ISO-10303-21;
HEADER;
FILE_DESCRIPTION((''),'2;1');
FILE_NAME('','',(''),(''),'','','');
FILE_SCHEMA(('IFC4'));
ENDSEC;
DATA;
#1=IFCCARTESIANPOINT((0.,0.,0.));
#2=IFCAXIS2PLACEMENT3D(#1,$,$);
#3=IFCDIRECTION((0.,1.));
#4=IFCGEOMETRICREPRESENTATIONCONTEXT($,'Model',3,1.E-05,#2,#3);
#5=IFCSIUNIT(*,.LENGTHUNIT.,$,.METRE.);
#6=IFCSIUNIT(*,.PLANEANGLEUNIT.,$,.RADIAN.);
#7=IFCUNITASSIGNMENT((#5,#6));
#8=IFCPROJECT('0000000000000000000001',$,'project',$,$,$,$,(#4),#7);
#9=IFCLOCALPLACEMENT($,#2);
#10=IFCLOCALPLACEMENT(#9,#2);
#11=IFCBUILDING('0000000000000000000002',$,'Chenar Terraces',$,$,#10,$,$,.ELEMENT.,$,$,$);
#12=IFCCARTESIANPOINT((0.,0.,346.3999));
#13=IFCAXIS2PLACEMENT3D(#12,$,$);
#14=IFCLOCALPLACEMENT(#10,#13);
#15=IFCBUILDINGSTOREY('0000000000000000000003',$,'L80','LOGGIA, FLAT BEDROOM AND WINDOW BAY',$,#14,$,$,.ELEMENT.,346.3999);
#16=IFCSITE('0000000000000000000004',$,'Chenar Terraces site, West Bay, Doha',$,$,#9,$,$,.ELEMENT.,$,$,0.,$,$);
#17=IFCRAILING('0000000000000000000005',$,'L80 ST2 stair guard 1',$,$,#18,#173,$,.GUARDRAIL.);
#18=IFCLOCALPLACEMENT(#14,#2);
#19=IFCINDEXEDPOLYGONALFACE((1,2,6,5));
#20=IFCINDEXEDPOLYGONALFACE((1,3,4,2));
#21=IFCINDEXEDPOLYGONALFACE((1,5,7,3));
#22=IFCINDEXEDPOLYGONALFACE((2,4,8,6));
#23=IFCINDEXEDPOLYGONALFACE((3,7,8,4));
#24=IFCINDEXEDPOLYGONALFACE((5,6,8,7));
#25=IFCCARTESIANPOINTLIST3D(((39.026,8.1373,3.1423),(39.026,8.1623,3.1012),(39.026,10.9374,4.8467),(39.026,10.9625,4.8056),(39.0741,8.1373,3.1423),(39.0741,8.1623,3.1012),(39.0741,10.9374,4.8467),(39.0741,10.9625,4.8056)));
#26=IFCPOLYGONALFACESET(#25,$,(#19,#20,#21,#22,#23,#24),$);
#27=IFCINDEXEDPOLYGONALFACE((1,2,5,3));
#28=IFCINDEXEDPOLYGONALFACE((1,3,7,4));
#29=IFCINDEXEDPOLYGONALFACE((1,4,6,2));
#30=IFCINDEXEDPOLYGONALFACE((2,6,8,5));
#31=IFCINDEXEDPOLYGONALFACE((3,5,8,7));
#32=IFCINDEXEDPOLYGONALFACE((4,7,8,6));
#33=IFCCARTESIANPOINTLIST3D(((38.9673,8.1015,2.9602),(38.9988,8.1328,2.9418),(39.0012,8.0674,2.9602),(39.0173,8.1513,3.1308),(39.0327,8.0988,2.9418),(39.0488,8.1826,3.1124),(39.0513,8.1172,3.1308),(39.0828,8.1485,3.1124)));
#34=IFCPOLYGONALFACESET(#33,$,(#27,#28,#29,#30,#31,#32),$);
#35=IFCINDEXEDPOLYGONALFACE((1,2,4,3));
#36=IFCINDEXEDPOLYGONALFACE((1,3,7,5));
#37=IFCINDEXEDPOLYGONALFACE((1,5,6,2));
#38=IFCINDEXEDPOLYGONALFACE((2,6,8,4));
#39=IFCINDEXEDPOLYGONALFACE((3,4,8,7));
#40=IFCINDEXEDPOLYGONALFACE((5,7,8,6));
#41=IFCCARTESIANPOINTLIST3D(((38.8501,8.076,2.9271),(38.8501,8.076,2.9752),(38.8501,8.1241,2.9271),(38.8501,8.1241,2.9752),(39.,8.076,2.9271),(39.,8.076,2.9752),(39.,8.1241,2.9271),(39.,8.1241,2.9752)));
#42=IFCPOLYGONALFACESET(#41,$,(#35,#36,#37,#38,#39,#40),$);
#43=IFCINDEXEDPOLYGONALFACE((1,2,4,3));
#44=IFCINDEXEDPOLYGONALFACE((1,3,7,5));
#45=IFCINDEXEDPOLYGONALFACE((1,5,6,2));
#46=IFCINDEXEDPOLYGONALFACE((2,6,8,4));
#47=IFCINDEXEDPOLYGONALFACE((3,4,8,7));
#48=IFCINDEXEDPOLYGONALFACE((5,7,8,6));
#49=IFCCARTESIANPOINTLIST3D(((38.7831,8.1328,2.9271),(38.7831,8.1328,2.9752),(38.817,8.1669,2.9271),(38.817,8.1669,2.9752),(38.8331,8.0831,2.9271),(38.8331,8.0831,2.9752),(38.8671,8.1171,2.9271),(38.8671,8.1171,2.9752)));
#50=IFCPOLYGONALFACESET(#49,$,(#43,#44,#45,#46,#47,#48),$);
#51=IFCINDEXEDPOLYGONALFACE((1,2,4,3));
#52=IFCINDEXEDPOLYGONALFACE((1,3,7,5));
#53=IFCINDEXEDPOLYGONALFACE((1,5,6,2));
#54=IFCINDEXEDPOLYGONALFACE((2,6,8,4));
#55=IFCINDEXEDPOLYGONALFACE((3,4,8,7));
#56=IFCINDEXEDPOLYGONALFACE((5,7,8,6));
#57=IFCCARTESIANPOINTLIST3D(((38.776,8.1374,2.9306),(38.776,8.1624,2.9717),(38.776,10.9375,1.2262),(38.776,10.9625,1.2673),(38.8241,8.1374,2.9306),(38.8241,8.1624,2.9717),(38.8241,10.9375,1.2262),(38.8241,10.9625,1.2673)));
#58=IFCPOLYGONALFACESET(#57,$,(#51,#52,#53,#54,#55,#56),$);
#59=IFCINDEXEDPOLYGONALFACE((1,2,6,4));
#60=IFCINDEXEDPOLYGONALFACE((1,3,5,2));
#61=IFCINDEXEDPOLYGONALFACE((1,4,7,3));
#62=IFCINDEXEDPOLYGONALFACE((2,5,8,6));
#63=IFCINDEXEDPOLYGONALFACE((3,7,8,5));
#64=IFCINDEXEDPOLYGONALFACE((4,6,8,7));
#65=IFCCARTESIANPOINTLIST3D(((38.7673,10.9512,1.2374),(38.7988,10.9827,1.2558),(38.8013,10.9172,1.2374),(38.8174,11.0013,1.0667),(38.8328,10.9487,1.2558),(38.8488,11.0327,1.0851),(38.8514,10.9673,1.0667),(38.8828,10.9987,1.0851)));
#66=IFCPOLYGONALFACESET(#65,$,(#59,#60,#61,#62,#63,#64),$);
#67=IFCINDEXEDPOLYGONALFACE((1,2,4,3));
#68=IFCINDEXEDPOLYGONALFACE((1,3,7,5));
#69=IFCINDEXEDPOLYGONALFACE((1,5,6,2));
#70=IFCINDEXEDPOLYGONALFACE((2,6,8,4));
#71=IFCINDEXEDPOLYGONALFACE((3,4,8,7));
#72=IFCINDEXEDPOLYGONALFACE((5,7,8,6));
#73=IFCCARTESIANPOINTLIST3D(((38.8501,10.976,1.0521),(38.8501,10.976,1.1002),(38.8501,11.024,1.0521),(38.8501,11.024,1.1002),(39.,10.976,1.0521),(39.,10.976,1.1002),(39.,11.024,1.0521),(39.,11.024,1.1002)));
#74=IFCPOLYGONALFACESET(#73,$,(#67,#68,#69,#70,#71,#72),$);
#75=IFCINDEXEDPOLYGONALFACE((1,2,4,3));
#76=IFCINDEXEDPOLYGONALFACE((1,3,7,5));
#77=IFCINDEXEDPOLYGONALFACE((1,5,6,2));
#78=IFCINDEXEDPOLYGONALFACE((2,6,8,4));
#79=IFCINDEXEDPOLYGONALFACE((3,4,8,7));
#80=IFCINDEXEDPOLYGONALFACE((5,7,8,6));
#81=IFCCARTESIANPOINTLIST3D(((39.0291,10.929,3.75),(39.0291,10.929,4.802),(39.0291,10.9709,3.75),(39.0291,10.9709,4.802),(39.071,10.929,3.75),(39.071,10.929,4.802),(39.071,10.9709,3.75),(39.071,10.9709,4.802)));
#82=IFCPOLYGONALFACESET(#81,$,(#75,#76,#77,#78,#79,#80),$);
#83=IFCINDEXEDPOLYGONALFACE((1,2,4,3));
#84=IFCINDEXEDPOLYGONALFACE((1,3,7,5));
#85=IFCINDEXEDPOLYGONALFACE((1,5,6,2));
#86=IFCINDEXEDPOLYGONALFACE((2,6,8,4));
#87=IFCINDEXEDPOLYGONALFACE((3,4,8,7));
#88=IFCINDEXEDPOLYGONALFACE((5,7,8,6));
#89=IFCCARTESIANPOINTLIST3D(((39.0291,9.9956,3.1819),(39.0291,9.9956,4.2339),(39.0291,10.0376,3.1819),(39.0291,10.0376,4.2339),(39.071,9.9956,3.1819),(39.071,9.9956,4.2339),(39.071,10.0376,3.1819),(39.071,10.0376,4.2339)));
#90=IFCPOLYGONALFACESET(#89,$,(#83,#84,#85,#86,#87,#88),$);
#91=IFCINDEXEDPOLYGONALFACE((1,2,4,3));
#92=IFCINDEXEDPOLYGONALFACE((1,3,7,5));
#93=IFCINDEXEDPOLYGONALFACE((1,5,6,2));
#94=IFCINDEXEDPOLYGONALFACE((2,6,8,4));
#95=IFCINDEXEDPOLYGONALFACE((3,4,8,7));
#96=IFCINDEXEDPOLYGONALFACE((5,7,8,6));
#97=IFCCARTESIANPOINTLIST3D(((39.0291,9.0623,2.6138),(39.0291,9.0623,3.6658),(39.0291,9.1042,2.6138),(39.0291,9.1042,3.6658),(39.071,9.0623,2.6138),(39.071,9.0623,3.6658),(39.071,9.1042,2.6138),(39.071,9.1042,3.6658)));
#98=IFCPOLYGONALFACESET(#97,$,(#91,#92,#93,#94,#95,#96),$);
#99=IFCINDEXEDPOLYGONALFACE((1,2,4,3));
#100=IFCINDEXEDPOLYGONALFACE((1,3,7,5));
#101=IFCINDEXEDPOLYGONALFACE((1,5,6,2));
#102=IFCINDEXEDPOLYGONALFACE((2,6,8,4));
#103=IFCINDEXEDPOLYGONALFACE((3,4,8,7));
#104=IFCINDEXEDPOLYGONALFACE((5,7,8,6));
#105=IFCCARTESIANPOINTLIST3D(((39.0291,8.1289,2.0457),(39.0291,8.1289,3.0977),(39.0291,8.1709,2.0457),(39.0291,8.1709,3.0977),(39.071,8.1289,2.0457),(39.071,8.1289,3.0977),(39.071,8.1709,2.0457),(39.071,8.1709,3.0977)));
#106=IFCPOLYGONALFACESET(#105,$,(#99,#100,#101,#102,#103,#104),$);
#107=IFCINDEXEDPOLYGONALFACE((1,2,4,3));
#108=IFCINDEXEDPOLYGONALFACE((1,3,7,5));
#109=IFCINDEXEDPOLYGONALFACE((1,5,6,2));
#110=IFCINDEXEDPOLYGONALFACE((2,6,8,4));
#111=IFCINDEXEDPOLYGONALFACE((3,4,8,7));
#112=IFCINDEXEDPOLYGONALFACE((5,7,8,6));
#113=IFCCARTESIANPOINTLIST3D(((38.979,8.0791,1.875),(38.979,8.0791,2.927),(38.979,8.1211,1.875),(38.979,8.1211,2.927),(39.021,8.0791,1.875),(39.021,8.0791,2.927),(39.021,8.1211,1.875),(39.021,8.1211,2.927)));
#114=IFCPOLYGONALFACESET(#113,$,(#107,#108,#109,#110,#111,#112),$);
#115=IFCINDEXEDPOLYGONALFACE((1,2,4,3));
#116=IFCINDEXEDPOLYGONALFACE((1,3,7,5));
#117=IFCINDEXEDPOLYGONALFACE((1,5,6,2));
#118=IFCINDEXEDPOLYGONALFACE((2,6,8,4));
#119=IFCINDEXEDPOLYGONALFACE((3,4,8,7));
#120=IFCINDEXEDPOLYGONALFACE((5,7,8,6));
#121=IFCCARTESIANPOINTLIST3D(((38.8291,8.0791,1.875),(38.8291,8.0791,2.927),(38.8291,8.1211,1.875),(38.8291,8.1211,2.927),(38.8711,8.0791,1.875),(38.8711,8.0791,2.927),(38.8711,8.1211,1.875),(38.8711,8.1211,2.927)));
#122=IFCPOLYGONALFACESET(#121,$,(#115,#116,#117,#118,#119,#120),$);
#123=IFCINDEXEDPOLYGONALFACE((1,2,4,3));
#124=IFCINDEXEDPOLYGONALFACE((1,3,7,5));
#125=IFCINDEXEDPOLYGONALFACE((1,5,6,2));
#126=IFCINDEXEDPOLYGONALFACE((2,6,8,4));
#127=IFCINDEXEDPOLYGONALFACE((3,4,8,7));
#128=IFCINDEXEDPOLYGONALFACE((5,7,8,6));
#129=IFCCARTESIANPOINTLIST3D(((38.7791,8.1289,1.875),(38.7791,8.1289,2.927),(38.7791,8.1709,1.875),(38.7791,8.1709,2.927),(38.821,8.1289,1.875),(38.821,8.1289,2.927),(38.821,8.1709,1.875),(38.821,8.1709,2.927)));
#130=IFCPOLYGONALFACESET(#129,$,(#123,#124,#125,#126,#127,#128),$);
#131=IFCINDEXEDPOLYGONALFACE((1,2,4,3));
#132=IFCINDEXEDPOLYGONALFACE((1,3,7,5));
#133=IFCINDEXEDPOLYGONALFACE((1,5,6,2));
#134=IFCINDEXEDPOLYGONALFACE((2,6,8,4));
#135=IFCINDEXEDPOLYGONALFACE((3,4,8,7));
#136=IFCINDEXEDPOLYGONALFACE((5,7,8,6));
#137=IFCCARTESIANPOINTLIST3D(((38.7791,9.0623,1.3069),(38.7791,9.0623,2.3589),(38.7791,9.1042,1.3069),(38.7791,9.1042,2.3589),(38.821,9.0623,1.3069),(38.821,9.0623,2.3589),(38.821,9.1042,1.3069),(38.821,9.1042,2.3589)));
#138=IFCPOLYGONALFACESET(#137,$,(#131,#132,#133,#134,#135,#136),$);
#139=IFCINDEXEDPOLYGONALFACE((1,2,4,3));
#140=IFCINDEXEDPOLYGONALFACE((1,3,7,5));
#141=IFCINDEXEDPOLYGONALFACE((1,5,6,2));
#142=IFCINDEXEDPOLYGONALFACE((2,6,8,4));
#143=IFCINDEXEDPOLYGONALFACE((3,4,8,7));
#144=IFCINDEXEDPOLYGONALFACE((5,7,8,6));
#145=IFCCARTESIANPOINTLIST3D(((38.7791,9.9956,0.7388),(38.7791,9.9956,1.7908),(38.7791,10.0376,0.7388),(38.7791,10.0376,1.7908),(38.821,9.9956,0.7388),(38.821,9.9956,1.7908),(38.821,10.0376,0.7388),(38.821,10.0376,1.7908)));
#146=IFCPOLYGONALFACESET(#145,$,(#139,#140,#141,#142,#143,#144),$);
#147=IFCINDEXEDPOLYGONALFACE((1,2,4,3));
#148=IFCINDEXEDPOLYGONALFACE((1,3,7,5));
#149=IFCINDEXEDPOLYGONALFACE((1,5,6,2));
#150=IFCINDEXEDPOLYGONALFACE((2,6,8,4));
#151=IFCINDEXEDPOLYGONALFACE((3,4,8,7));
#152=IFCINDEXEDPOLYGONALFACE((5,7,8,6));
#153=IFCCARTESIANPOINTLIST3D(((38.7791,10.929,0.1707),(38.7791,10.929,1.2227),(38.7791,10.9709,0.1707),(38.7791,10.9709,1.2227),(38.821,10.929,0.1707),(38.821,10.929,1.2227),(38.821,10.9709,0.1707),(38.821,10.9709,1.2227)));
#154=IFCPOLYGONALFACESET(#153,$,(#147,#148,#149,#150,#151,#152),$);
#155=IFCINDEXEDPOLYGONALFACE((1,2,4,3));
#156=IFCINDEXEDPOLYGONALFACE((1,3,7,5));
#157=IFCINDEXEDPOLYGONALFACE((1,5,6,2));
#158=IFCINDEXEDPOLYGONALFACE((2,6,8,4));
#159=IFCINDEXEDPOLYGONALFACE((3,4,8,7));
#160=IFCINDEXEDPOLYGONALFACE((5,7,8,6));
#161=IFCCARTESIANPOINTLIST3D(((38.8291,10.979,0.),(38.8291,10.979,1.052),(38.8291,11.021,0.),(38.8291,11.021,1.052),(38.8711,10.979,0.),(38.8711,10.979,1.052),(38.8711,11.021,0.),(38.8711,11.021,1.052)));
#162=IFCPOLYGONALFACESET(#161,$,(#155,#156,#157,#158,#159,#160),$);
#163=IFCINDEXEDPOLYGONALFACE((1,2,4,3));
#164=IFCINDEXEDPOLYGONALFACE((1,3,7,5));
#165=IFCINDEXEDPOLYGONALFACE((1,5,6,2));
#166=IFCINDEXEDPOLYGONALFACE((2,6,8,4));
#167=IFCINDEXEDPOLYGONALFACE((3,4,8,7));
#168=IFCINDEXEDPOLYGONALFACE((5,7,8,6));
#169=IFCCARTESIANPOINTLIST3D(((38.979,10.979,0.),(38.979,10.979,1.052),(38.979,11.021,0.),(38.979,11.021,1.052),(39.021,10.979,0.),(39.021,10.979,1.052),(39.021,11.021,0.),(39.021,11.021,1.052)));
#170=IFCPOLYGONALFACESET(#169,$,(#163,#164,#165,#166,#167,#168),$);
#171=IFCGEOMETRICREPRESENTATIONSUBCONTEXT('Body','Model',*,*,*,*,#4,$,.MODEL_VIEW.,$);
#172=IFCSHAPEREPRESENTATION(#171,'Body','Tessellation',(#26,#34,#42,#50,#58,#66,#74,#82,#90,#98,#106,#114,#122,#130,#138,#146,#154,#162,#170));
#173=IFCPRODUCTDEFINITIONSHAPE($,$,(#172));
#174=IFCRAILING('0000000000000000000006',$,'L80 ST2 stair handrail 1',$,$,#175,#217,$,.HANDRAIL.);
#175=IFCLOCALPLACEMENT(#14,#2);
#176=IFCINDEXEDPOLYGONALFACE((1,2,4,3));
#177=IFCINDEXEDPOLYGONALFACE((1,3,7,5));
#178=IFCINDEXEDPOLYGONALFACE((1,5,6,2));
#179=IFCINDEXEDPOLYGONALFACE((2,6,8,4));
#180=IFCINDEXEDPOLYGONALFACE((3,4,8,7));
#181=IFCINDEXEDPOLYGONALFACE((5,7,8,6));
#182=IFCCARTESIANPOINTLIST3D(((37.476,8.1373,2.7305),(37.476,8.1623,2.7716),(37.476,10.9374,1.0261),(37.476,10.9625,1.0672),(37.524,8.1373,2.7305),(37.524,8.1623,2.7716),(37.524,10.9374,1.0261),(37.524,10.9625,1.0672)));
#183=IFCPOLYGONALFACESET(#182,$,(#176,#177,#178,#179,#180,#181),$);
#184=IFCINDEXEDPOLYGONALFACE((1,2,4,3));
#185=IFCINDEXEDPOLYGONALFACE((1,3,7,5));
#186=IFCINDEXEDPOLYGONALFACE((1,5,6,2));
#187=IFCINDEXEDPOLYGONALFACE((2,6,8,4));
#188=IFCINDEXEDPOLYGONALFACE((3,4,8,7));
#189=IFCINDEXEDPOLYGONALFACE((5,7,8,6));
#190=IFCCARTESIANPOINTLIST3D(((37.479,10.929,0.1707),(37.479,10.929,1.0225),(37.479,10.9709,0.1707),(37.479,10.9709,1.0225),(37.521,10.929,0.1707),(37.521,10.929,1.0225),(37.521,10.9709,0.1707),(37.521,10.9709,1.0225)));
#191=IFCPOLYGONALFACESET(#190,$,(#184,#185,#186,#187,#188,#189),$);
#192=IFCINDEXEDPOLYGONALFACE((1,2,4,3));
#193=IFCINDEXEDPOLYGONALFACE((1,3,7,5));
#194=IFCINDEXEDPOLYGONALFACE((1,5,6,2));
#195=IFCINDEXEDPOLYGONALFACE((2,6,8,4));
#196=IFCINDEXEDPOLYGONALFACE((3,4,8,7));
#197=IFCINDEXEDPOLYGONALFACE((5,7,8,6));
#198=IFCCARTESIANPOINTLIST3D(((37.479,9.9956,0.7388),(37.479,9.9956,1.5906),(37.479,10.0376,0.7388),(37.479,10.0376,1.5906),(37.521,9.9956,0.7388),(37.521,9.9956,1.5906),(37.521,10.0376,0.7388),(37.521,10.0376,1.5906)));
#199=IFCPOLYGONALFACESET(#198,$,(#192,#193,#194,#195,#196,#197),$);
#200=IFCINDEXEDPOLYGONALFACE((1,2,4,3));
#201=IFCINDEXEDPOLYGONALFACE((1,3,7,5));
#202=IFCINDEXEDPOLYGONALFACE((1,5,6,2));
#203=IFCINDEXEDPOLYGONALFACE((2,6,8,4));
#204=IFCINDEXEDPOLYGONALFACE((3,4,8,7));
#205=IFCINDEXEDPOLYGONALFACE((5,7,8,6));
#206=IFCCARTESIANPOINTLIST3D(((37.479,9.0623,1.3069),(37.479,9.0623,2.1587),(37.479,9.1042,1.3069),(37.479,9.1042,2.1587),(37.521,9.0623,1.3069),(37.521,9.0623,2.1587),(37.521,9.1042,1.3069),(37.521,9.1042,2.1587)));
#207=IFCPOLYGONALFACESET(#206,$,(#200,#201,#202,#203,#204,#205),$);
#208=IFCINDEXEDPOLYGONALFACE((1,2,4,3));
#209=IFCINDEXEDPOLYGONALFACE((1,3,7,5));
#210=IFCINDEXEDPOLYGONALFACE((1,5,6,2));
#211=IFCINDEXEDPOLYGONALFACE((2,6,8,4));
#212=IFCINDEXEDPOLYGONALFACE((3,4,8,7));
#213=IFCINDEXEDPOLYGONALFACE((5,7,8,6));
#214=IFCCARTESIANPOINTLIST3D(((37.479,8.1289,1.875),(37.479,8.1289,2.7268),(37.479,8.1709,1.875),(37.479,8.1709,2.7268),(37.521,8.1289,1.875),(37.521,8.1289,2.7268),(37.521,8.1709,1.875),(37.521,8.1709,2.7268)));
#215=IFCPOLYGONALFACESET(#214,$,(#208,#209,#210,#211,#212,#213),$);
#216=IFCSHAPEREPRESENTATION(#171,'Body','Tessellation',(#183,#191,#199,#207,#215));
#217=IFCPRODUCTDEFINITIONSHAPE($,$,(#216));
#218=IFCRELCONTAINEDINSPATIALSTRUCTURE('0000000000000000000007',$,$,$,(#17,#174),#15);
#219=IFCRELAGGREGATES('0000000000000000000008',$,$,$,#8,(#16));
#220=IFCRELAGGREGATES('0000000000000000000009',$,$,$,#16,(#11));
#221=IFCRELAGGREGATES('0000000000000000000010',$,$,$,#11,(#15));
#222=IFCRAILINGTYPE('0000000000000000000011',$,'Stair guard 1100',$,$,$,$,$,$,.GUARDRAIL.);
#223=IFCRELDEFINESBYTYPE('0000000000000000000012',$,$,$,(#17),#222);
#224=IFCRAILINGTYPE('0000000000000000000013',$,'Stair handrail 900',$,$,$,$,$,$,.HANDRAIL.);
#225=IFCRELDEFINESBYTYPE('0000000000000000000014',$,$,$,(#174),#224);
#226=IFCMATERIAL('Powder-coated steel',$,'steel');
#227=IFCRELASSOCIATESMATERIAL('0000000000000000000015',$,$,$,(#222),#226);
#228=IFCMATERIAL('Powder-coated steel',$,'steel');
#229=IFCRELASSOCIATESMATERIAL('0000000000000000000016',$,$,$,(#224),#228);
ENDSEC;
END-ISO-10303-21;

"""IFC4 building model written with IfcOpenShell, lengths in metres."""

from ifc_helpers import new_model, si_unit, direction, frame, origin, origin_2d, place, context, subcontext, project, spatial, rectangle, extrude, material, type_object, element, save


model = new_model("IFC4")

# Units and contexts
model_context = context("Model", 3, precision=1e-05, world=origin(), true_north=direction((0.0, 1.0)))
body_context = subcontext(model_context, "Body", "Model", "MODEL_VIEW")
ifc_project = project(units=[si_unit("LENGTHUNIT", "METRE"), si_unit("PLANEANGLEUNIT", "RADIAN")], contexts=[model_context])

# Site, building, storey
site_placement = place(None, origin())
site = spatial("IfcSite", under=ifc_project, at=site_placement, Name="Chenar Terraces site, West Bay, Doha", CompositionType="ELEMENT", RefElevation=0.0)
building_placement = place(site_placement, origin())
building = spatial("IfcBuilding", under=site, at=building_placement, Name="Chenar Terraces", CompositionType="ELEMENT")
storey_placement = place(building_placement, frame((0.0, 0.0, 346.3999)))
storey = spatial("IfcBuildingStorey", under=building, at=storey_placement, Name="L80", Description="LOGGIA, FLAT BEDROOM AND WINDOW BAY", CompositionType="ELEMENT", Elevation=346.3999)

# Railings
ifc_material_1 = material(Name="Powder-coated steel", Category="steel")
railing_type_1 = type_object("IfcRailingType", Name="Stair guard 1100", PredefinedType="GUARDRAIL", material=ifc_material_1)
railing_1_placement = place(storey_placement, frame((39.05, 10.95, 3.75)))
element("IfcRailing", 1, at=railing_1_placement, inside=storey, type_object=railing_type_1, Name="L80 ST2 stair guard 1", PredefinedType="GUARDRAIL", context=body_context, shape_type="SweptSolid", body=[
    extrude(rectangle(XDim=0.0481, YDim=0.0481, at=origin_2d()), frame((0.0, 0.0, 1.0762), z_axis=(0.0, -0.854203, -0.51994), x_axis=(1.0, 0.0, 0.0)), (0.0, 0.0, 1.0), 3.2781),
    extrude(rectangle(XDim=0.0481, YDim=0.0481, at=origin_2d()), frame((0.0, -2.8, -0.6284), z_axis=(-0.270997, -0.269675, -0.924033), x_axis=(0.705376, -0.708834, 0.0)), (0.0, 0.0, 1.0), 0.1846),
    extrude(rectangle(XDim=0.0481, YDim=0.0481, at=origin_2d()), frame((-0.05, -2.8499, -0.7988), z_axis=(-1.0, 0.0, 0.0), x_axis=(0.0, -1.0, 0.0)), (0.0, 0.0, 1.0), 0.1499),
    extrude(rectangle(XDim=0.0481, YDim=0.0481, at=origin_2d()), frame((-0.2, -2.8499, -0.7988), z_axis=(-0.708834, 0.705376, 0.0), x_axis=(-0.705376, -0.708834, 0.0)), (0.0, 0.0, 1.0), 0.0706),
    extrude(rectangle(XDim=0.0481, YDim=0.0481, at=origin_2d()), frame((-0.25, -2.8, -0.7988), z_axis=(0.0, 0.854203, -0.51994), x_axis=(-1.0, 0.0, 0.0)), (0.0, 0.0, 1.0), 3.2781),
    extrude(rectangle(XDim=0.0481, YDim=0.0481, at=origin_2d()), frame((-0.25, 0.0, -2.5034), z_axis=(0.2709, 0.2709, -0.923703), x_axis=(-0.707107, 0.707107, 0.0)), (0.0, 0.0, 1.0), 0.1848),
    extrude(rectangle(XDim=0.0481, YDim=0.0481, at=origin_2d()), frame((-0.2, 0.05, -2.6738), z_axis=(1.0, 0.0, 0.0), x_axis=(0.0, 1.0, 0.0)), (0.0, 0.0, 1.0), 0.1499),
    extrude(rectangle(XDim=0.042, YDim=0.042, at=origin_2d()), origin(), (0.0, 0.0, 1.0), 1.052),
    extrude(rectangle(XDim=0.042, YDim=0.042, at=origin_2d()), frame((0.0, -0.9333, -0.5681)), (0.0, 0.0, 1.0), 1.052),
    extrude(rectangle(XDim=0.042, YDim=0.042, at=origin_2d()), frame((0.0, -1.8667, -1.1362)), (0.0, 0.0, 1.0), 1.052),
    extrude(rectangle(XDim=0.042, YDim=0.042, at=origin_2d()), frame((0.0, -2.8, -1.7043)), (0.0, 0.0, 1.0), 1.052),
    extrude(rectangle(XDim=0.042, YDim=0.042, at=origin_2d()), frame((-0.05, -2.8499, -1.875)), (0.0, 0.0, 1.0), 1.052),
    extrude(rectangle(XDim=0.042, YDim=0.042, at=origin_2d()), frame((-0.2, -2.8499, -1.875)), (0.0, 0.0, 1.0), 1.052),
    extrude(rectangle(XDim=0.042, YDim=0.042, at=origin_2d()), frame((-0.25, -2.8, -1.875)), (0.0, 0.0, 1.0), 1.052),
    extrude(rectangle(XDim=0.042, YDim=0.042, at=origin_2d()), frame((-0.25, -1.8667, -2.4431)), (0.0, 0.0, 1.0), 1.052),
    extrude(rectangle(XDim=0.042, YDim=0.042, at=origin_2d()), frame((-0.25, -0.9333, -3.0112)), (0.0, 0.0, 1.0), 1.052),
    extrude(rectangle(XDim=0.042, YDim=0.042, at=origin_2d()), frame((-0.25, 0.0, -3.5793)), (0.0, 0.0, 1.0), 1.052),
    extrude(rectangle(XDim=0.042, YDim=0.042, at=origin_2d()), frame((-0.2, 0.05, -3.75)), (0.0, 0.0, 1.0), 1.052),
    extrude(rectangle(XDim=0.042, YDim=0.042, at=origin_2d()), frame((-0.05, 0.05, -3.75)), (0.0, 0.0, 1.0), 1.052),
])
ifc_material_2 = material(Name="Powder-coated steel", Category="steel")
railing_type_2 = type_object("IfcRailingType", Name="Stair handrail 900", PredefinedType="HANDRAIL", material=ifc_material_2)
railing_2_placement = place(storey_placement, frame((37.5, 10.95, 0.1707)))
element("IfcRailing", 2, at=railing_2_placement, inside=storey, type_object=railing_type_2, Name="L80 ST2 stair handrail 1", PredefinedType="HANDRAIL", context=body_context, shape_type="SweptSolid", body=[
    extrude(rectangle(XDim=0.0481, YDim=0.0481, at=origin_2d()), frame((0.0, 0.0, 0.876), z_axis=(0.0, -0.854203, 0.51994), x_axis=(1.0, 0.0, 0.0)), (0.0, 0.0, 1.0), 3.2781),
    extrude(rectangle(XDim=0.042, YDim=0.042, at=origin_2d()), origin(), (0.0, 0.0, 1.0), 0.8518),
    extrude(rectangle(XDim=0.042, YDim=0.042, at=origin_2d()), frame((0.0, -0.9333, 0.5681)), (0.0, 0.0, 1.0), 0.8518),
    extrude(rectangle(XDim=0.042, YDim=0.042, at=origin_2d()), frame((0.0, -1.8667, 1.1362)), (0.0, 0.0, 1.0), 0.8518),
    extrude(rectangle(XDim=0.042, YDim=0.042, at=origin_2d()), frame((0.0, -2.8, 1.7043)), (0.0, 0.0, 1.0), 0.8518),
])

save(model, "model.ifc")
